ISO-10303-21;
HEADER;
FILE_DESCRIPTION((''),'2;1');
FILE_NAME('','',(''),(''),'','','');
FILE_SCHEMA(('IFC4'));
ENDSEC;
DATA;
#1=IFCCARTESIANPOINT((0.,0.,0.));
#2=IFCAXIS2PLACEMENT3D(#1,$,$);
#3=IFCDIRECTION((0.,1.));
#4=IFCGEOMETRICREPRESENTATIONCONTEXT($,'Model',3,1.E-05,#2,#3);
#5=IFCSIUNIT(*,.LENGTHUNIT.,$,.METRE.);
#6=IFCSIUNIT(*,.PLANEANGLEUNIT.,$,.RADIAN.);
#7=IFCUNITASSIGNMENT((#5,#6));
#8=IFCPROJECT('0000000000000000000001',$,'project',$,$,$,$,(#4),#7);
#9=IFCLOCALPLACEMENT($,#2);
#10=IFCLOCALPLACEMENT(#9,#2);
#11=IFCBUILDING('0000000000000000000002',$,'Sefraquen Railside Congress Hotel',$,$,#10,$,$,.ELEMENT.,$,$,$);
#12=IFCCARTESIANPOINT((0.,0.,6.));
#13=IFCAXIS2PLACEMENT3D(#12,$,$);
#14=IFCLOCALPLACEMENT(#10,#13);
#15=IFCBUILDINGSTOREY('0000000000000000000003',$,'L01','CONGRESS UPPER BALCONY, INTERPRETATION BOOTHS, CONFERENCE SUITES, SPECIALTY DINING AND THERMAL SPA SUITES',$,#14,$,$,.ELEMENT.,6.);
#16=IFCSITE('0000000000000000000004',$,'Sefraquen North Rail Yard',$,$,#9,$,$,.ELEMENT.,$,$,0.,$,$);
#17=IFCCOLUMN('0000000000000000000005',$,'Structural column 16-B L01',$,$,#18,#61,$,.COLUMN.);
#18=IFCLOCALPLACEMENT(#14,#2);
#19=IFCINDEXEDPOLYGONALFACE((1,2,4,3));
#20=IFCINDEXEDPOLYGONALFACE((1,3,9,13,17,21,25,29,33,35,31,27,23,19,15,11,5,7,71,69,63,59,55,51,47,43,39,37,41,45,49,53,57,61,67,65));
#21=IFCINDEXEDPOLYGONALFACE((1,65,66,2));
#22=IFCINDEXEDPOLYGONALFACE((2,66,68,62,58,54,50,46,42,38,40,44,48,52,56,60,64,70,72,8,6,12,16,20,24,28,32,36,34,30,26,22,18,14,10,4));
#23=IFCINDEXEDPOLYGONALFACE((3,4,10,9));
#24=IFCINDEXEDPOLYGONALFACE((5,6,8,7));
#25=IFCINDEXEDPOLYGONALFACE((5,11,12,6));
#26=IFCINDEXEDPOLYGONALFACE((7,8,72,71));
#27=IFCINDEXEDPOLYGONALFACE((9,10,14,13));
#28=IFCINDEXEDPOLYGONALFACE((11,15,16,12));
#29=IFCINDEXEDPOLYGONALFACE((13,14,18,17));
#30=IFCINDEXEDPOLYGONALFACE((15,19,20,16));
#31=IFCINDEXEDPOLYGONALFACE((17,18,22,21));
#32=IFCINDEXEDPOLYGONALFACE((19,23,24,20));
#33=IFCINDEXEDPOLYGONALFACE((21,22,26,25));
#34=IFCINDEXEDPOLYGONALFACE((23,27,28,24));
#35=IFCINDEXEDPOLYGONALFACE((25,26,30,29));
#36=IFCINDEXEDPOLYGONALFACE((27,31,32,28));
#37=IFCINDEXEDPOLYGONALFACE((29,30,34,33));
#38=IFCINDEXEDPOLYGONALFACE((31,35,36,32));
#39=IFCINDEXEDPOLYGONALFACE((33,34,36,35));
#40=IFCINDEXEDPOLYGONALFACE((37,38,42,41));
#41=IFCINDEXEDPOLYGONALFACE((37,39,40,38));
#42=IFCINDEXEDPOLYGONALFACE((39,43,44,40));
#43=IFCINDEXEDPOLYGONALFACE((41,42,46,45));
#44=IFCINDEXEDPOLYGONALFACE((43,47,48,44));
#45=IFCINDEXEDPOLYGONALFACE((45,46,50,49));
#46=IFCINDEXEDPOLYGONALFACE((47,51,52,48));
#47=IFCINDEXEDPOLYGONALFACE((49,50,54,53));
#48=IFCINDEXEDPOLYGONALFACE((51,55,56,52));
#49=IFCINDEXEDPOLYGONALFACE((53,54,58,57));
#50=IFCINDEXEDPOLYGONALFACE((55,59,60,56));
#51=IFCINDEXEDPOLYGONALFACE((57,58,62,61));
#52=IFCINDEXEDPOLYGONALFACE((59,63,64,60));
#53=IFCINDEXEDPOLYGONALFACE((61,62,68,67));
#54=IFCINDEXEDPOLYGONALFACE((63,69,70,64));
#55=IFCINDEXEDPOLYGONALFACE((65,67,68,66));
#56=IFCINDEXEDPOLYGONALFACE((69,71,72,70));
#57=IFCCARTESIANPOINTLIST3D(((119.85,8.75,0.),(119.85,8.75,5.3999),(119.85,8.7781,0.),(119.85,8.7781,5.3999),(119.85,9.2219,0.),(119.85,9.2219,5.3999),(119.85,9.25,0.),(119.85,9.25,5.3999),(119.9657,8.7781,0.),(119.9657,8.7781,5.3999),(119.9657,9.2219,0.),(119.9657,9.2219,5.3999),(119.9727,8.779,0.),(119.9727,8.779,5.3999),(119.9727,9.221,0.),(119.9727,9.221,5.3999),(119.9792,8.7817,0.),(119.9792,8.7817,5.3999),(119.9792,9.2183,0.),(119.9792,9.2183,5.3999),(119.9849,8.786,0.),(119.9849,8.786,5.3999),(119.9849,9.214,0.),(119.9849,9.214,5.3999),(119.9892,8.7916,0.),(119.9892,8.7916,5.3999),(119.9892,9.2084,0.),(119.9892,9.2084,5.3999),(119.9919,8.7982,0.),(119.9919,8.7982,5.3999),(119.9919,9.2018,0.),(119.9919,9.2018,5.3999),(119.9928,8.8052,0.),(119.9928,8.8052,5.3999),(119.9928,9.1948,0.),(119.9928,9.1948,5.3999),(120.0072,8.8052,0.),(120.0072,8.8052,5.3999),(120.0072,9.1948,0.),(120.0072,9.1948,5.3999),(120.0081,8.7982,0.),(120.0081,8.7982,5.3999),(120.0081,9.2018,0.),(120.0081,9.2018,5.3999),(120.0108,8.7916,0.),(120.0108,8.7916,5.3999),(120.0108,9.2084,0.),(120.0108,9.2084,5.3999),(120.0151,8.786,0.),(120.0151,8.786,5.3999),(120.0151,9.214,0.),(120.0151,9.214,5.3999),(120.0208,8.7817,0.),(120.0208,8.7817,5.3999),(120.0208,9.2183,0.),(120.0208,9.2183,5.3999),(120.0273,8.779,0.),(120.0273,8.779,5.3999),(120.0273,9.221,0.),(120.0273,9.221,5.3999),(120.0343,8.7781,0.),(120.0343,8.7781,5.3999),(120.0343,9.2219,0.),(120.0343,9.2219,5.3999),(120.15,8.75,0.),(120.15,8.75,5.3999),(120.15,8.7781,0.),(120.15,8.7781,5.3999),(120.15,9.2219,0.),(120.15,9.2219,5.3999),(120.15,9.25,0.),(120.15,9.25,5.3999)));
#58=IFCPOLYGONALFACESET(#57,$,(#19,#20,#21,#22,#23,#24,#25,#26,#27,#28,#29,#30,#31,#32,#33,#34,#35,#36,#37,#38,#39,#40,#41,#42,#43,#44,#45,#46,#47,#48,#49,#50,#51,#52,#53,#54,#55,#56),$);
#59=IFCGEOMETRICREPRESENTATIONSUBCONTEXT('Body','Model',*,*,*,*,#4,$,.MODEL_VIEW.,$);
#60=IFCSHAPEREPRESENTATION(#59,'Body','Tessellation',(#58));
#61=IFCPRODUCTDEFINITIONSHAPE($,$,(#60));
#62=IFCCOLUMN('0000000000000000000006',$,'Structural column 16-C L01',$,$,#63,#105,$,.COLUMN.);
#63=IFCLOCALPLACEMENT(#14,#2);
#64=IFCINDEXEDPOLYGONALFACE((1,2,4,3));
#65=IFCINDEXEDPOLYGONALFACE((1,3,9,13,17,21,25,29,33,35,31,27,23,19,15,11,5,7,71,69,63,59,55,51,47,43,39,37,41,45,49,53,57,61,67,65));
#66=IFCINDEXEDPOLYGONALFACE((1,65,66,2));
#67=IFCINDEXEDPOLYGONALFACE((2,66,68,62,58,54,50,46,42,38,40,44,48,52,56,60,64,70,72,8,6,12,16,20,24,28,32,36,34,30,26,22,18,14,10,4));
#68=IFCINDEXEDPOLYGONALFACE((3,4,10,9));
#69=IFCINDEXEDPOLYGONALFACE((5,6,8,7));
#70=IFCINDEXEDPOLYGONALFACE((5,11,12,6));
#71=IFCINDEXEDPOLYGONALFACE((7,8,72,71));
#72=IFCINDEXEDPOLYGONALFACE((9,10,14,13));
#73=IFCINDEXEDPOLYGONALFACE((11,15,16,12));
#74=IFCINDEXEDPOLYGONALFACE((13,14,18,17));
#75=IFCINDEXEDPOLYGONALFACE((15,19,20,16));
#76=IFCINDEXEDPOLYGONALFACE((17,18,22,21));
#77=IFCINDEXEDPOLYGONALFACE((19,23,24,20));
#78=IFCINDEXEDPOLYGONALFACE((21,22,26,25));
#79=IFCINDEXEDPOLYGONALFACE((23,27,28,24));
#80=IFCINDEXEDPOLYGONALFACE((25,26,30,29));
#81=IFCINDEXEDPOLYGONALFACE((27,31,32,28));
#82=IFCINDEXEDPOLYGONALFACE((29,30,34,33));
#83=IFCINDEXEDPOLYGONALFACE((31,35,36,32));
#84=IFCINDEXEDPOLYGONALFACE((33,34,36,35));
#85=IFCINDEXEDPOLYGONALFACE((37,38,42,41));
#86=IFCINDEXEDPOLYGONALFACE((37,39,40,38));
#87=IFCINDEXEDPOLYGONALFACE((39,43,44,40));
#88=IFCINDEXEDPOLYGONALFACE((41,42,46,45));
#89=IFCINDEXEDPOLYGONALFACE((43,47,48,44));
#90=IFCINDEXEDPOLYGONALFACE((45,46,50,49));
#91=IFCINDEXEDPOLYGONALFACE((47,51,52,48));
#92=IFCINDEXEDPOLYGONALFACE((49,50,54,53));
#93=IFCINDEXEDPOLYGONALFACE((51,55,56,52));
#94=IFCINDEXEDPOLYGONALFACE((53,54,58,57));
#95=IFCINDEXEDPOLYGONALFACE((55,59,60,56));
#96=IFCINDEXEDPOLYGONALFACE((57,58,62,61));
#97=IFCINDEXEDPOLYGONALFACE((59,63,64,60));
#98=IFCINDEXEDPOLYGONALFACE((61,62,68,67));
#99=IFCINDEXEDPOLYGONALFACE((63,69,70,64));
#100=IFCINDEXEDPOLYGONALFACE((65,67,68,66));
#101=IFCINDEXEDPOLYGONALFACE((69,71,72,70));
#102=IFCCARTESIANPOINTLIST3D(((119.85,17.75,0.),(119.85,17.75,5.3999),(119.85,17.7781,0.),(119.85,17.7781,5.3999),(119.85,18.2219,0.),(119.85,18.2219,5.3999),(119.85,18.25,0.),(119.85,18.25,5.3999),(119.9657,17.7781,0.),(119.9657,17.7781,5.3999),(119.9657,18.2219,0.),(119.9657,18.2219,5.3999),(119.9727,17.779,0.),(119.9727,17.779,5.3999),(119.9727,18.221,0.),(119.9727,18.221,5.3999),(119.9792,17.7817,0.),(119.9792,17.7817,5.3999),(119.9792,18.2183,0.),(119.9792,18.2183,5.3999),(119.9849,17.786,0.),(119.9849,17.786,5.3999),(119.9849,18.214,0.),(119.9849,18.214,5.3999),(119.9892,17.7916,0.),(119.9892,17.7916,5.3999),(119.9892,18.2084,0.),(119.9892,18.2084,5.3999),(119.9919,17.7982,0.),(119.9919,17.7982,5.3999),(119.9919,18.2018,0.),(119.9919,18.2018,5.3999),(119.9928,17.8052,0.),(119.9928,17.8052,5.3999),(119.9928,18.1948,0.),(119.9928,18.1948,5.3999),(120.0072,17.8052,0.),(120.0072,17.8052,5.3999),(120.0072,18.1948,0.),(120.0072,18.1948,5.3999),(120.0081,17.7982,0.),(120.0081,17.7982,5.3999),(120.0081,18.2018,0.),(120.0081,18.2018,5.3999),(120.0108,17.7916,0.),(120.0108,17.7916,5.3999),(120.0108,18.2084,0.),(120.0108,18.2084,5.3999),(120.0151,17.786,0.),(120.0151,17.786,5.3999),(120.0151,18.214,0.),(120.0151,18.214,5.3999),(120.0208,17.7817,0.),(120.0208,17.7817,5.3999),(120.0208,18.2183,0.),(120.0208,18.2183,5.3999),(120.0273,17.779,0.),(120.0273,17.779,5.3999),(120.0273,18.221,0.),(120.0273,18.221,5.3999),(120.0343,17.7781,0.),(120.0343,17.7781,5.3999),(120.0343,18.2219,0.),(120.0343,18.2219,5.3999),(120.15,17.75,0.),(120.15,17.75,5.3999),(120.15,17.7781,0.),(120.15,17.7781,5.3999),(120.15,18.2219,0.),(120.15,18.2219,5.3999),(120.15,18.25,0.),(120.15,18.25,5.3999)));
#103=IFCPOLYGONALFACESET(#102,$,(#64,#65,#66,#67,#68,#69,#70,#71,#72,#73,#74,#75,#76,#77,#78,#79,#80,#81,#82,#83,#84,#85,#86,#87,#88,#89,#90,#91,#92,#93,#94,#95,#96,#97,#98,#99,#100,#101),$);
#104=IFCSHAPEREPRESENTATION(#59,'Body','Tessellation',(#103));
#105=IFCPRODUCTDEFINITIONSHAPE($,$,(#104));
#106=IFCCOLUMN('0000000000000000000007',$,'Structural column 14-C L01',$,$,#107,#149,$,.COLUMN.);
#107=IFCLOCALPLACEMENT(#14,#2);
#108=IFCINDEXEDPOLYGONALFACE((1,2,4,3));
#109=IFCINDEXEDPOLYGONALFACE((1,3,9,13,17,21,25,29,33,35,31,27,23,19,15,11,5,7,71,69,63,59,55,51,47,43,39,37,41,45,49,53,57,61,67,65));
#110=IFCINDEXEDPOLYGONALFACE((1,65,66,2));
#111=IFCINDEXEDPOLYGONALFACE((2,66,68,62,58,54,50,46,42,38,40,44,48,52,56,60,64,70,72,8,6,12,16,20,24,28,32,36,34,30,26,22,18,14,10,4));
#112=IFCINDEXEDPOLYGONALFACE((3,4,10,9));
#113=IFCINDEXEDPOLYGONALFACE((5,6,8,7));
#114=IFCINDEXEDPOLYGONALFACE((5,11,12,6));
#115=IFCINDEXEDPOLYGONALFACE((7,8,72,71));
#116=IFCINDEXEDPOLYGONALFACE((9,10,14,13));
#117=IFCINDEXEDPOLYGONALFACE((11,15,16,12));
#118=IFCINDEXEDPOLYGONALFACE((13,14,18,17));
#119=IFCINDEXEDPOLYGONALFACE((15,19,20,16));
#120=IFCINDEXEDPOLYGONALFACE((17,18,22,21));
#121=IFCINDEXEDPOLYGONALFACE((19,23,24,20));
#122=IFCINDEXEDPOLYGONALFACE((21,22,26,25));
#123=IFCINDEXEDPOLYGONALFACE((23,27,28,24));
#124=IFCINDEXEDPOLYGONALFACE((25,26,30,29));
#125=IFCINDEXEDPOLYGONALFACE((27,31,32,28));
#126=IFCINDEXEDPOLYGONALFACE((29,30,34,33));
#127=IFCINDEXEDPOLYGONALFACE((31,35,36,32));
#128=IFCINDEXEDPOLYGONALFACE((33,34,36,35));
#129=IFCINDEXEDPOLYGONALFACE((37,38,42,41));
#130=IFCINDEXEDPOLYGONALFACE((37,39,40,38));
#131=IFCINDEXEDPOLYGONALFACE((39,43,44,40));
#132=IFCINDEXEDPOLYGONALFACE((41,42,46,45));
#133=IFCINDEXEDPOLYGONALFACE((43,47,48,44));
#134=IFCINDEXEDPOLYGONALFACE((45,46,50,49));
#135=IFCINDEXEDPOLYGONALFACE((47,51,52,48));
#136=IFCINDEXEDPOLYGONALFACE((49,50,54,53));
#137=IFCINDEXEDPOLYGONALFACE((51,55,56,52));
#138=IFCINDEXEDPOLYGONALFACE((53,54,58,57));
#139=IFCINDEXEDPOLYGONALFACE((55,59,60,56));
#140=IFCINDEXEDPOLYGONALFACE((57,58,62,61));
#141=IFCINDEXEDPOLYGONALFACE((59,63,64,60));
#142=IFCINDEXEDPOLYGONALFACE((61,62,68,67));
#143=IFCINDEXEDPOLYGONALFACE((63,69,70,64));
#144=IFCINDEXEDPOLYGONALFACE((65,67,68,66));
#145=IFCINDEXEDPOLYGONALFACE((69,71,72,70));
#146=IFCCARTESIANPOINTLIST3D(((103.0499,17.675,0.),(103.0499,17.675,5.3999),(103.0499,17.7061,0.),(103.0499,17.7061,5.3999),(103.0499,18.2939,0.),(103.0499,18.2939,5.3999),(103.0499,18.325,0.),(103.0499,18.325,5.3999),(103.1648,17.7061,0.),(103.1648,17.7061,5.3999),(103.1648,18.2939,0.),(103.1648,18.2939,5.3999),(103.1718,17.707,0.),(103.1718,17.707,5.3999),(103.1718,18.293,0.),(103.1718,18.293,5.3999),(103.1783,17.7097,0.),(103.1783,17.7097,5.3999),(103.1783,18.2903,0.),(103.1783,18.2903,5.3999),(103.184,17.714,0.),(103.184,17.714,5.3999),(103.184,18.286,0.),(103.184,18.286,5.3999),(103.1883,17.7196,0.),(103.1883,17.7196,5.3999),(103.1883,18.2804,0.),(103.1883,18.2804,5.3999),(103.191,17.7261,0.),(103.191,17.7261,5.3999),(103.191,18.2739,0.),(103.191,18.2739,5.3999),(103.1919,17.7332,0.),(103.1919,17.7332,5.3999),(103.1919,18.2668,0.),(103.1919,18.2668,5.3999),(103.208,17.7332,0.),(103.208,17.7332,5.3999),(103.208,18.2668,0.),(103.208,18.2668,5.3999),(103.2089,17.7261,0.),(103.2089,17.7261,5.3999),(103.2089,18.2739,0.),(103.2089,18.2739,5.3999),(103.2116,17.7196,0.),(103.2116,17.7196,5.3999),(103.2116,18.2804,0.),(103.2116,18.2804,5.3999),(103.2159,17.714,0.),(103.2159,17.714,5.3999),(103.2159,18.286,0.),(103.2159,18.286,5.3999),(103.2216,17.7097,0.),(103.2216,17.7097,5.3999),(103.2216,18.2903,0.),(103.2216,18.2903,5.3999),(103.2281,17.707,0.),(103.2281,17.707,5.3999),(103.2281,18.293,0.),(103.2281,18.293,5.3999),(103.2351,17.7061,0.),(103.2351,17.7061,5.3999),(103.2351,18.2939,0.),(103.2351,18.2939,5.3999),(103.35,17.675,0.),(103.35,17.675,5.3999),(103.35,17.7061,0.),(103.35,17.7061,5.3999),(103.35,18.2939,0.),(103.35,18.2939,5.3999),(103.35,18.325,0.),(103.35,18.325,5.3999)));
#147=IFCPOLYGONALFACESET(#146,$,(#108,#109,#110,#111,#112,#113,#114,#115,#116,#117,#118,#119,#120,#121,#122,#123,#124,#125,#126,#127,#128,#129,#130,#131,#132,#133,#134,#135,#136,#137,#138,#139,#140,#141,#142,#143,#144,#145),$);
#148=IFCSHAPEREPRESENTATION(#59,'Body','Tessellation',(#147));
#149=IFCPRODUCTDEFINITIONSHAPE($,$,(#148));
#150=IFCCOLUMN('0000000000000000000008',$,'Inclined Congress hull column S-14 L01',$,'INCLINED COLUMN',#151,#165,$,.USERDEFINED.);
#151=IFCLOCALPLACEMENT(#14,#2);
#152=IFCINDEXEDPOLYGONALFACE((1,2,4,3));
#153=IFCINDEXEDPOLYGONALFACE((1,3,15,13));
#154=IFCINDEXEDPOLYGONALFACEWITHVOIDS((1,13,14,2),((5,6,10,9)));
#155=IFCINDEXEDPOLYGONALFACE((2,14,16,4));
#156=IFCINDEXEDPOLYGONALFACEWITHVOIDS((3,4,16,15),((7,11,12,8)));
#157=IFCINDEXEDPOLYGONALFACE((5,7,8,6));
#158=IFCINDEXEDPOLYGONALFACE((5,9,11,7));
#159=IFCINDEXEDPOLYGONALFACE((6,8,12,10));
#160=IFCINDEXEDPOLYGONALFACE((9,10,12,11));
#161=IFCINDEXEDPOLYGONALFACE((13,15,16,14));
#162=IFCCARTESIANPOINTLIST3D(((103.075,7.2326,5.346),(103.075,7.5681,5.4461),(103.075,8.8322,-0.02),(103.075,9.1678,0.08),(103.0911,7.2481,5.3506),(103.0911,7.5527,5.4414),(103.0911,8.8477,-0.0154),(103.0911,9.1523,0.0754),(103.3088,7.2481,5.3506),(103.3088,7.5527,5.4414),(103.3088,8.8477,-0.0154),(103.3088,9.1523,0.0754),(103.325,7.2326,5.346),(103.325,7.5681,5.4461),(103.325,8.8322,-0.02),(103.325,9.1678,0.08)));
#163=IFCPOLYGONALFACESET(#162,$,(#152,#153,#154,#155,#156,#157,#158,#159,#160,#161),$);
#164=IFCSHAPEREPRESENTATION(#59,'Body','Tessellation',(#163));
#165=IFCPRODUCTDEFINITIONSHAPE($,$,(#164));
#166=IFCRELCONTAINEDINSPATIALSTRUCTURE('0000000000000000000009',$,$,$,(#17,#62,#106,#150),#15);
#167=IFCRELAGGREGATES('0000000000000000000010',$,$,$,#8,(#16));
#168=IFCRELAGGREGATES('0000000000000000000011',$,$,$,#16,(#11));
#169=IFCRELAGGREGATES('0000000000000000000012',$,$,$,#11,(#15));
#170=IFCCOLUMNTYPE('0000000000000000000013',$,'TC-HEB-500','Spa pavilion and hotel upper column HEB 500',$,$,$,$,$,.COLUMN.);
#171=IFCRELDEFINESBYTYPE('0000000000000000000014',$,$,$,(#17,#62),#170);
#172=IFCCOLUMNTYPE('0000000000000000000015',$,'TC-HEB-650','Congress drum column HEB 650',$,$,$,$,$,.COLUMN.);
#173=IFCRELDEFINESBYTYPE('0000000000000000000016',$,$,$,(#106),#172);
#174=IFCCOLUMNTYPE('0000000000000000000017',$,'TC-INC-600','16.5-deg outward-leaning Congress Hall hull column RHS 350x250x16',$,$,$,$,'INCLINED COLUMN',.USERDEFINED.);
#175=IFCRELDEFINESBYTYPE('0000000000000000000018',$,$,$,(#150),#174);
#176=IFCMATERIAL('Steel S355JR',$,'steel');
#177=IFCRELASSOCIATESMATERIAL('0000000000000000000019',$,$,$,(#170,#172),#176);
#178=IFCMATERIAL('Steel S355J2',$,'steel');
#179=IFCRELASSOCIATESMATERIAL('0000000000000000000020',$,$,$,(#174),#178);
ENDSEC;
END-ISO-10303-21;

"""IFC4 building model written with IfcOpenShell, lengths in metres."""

from ifc_helpers import new_model, si_unit, direction, frame, origin, origin_2d, place, context, subcontext, project, spatial, hollow_rectangle, i_section, extrude, material, material_profile, profile_set, type_object, element, save


model = new_model("IFC4")

# Units and contexts
model_context = context("Model", 3, precision=1e-05, world=origin(), true_north=direction((0.0, 1.0)))
body_context = subcontext(model_context, "Body", "Model", "MODEL_VIEW")
ifc_project = project(units=[si_unit("LENGTHUNIT", "METRE"), si_unit("PLANEANGLEUNIT", "RADIAN")], contexts=[model_context])

# Site, building, storey
site_placement = place(None, origin())
site = spatial("IfcSite", under=ifc_project, at=site_placement, Name="Sefraquen North Rail Yard", CompositionType="ELEMENT", RefElevation=0.0)
building_placement = place(site_placement, origin())
building = spatial("IfcBuilding", under=site, at=building_placement, Name="Sefraquen Railside Congress Hotel", CompositionType="ELEMENT")
storey_placement = place(building_placement, frame((0.0, 0.0, 6.0)))
storey = spatial("IfcBuildingStorey", under=building, at=storey_placement, Name="L01", Description="CONGRESS UPPER BALCONY, INTERPRETATION BOOTHS, CONFERENCE SUITES, SPECIALTY DINING AND THERMAL SPA SUITES", CompositionType="ELEMENT", Elevation=6.0)

# Columns
ifc_material_1 = material(Name="Steel S355JR", Category="steel")
ifc_material_profile_1 = material_profile(ifc_material_1, i_section(OverallWidth=0.3, OverallDepth=0.5, WebThickness=0.0144, FlangeThickness=0.0281, FilletRadius=0.0271, at=origin_2d()), Name="HEB 500")
ifc_profile_set_1 = profile_set([ifc_material_profile_1], Name="Steel S355JR")
column_type_1 = type_object("IfcColumnType", Name="TC-HEB-500", Description="Spa pavilion and hotel upper column HEB 500", PredefinedType="COLUMN", material=ifc_profile_set_1)
for number, where, z_axis, x_axis, name in (
    (1, (120.0, 9.0, 0.0), (0.0, 0.0, 1.0), (1.0, 0.0, 0.0), "Structural column 16-B L01"),
    (2, (120.0, 18.0, 0.0), (0.0, 0.0, 1.0), (1.0, 0.0, 0.0), "Structural column 16-C L01"),
):
    element("IfcColumn", number, at=place(storey_placement, frame(where, z_axis=z_axis, x_axis=x_axis)), inside=storey, type_object=column_type_1, Name=name, PredefinedType="COLUMN", context=body_context, shape_type="SweptSolid", body=[
        extrude(i_section(OverallWidth=0.3, OverallDepth=0.5, WebThickness=0.0144, FlangeThickness=0.0281, FilletRadius=0.0271, at=origin_2d()), origin(), (0.0, 0.0, 1.0), 5.3999),
    ])
ifc_material_profile_2 = material_profile(ifc_material_1, i_section(OverallWidth=0.3, OverallDepth=0.6499, WebThickness=0.0161, FlangeThickness=0.031, FilletRadius=0.0271, at=origin_2d()), Name="HEB 650")
ifc_profile_set_2 = profile_set([ifc_material_profile_2], Name="Steel S355JR")
column_type_2 = type_object("IfcColumnType", Name="TC-HEB-650", Description="Congress drum column HEB 650", PredefinedType="COLUMN", material=ifc_profile_set_2)
column_1_placement = place(storey_placement, frame((103.2, 18.0, 0.0), z_axis=(0.0, 0.0, 1.0), x_axis=(1.0, 0.0, 0.0)))
element("IfcColumn", 3, at=column_1_placement, inside=storey, type_object=column_type_2, Name="Structural column 14-C L01", PredefinedType="COLUMN", context=body_context, shape_type="SweptSolid", body=[
    extrude(i_section(OverallWidth=0.3, OverallDepth=0.6499, WebThickness=0.0161, FlangeThickness=0.031, FilletRadius=0.0271, at=origin_2d()), origin(), (0.0, 0.0, 1.0), 5.3999),
])
ifc_material_2 = material(Name="Steel S355J2", Category="steel")
ifc_material_profile_3 = material_profile(ifc_material_2, hollow_rectangle(XDim=0.25, YDim=0.3501, WallThickness=0.0161, at=origin_2d()), Name="RHS 350x250x16")
ifc_profile_set_3 = profile_set([ifc_material_profile_3], Name="Steel S355J2")
column_type_3 = type_object("IfcColumnType", Name="TC-INC-600", Description="16.5-deg outward-leaning Congress Hall hull column RHS 350x250x16", ElementType="INCLINED COLUMN", PredefinedType="USERDEFINED", material=ifc_profile_set_3)
column_2_placement = place(storey_placement, frame((103.2, 9.0, 0.03), z_axis=(0.0, -0.285679, 0.958325), x_axis=(1.0, 0.0, 0.0)))
element("IfcColumn", 4, at=column_2_placement, inside=storey, type_object=column_type_3, Name="Inclined Congress hull column S-14 L01", ObjectType="INCLINED COLUMN", PredefinedType="USERDEFINED", context=body_context, shape_type="SweptSolid", body=[
    extrude(hollow_rectangle(XDim=0.25, YDim=0.3501, WallThickness=0.0161, at=origin_2d()), origin(), (0.0, 0.0, 1.0), 5.5994),
])

save(model, "model.ifc")
